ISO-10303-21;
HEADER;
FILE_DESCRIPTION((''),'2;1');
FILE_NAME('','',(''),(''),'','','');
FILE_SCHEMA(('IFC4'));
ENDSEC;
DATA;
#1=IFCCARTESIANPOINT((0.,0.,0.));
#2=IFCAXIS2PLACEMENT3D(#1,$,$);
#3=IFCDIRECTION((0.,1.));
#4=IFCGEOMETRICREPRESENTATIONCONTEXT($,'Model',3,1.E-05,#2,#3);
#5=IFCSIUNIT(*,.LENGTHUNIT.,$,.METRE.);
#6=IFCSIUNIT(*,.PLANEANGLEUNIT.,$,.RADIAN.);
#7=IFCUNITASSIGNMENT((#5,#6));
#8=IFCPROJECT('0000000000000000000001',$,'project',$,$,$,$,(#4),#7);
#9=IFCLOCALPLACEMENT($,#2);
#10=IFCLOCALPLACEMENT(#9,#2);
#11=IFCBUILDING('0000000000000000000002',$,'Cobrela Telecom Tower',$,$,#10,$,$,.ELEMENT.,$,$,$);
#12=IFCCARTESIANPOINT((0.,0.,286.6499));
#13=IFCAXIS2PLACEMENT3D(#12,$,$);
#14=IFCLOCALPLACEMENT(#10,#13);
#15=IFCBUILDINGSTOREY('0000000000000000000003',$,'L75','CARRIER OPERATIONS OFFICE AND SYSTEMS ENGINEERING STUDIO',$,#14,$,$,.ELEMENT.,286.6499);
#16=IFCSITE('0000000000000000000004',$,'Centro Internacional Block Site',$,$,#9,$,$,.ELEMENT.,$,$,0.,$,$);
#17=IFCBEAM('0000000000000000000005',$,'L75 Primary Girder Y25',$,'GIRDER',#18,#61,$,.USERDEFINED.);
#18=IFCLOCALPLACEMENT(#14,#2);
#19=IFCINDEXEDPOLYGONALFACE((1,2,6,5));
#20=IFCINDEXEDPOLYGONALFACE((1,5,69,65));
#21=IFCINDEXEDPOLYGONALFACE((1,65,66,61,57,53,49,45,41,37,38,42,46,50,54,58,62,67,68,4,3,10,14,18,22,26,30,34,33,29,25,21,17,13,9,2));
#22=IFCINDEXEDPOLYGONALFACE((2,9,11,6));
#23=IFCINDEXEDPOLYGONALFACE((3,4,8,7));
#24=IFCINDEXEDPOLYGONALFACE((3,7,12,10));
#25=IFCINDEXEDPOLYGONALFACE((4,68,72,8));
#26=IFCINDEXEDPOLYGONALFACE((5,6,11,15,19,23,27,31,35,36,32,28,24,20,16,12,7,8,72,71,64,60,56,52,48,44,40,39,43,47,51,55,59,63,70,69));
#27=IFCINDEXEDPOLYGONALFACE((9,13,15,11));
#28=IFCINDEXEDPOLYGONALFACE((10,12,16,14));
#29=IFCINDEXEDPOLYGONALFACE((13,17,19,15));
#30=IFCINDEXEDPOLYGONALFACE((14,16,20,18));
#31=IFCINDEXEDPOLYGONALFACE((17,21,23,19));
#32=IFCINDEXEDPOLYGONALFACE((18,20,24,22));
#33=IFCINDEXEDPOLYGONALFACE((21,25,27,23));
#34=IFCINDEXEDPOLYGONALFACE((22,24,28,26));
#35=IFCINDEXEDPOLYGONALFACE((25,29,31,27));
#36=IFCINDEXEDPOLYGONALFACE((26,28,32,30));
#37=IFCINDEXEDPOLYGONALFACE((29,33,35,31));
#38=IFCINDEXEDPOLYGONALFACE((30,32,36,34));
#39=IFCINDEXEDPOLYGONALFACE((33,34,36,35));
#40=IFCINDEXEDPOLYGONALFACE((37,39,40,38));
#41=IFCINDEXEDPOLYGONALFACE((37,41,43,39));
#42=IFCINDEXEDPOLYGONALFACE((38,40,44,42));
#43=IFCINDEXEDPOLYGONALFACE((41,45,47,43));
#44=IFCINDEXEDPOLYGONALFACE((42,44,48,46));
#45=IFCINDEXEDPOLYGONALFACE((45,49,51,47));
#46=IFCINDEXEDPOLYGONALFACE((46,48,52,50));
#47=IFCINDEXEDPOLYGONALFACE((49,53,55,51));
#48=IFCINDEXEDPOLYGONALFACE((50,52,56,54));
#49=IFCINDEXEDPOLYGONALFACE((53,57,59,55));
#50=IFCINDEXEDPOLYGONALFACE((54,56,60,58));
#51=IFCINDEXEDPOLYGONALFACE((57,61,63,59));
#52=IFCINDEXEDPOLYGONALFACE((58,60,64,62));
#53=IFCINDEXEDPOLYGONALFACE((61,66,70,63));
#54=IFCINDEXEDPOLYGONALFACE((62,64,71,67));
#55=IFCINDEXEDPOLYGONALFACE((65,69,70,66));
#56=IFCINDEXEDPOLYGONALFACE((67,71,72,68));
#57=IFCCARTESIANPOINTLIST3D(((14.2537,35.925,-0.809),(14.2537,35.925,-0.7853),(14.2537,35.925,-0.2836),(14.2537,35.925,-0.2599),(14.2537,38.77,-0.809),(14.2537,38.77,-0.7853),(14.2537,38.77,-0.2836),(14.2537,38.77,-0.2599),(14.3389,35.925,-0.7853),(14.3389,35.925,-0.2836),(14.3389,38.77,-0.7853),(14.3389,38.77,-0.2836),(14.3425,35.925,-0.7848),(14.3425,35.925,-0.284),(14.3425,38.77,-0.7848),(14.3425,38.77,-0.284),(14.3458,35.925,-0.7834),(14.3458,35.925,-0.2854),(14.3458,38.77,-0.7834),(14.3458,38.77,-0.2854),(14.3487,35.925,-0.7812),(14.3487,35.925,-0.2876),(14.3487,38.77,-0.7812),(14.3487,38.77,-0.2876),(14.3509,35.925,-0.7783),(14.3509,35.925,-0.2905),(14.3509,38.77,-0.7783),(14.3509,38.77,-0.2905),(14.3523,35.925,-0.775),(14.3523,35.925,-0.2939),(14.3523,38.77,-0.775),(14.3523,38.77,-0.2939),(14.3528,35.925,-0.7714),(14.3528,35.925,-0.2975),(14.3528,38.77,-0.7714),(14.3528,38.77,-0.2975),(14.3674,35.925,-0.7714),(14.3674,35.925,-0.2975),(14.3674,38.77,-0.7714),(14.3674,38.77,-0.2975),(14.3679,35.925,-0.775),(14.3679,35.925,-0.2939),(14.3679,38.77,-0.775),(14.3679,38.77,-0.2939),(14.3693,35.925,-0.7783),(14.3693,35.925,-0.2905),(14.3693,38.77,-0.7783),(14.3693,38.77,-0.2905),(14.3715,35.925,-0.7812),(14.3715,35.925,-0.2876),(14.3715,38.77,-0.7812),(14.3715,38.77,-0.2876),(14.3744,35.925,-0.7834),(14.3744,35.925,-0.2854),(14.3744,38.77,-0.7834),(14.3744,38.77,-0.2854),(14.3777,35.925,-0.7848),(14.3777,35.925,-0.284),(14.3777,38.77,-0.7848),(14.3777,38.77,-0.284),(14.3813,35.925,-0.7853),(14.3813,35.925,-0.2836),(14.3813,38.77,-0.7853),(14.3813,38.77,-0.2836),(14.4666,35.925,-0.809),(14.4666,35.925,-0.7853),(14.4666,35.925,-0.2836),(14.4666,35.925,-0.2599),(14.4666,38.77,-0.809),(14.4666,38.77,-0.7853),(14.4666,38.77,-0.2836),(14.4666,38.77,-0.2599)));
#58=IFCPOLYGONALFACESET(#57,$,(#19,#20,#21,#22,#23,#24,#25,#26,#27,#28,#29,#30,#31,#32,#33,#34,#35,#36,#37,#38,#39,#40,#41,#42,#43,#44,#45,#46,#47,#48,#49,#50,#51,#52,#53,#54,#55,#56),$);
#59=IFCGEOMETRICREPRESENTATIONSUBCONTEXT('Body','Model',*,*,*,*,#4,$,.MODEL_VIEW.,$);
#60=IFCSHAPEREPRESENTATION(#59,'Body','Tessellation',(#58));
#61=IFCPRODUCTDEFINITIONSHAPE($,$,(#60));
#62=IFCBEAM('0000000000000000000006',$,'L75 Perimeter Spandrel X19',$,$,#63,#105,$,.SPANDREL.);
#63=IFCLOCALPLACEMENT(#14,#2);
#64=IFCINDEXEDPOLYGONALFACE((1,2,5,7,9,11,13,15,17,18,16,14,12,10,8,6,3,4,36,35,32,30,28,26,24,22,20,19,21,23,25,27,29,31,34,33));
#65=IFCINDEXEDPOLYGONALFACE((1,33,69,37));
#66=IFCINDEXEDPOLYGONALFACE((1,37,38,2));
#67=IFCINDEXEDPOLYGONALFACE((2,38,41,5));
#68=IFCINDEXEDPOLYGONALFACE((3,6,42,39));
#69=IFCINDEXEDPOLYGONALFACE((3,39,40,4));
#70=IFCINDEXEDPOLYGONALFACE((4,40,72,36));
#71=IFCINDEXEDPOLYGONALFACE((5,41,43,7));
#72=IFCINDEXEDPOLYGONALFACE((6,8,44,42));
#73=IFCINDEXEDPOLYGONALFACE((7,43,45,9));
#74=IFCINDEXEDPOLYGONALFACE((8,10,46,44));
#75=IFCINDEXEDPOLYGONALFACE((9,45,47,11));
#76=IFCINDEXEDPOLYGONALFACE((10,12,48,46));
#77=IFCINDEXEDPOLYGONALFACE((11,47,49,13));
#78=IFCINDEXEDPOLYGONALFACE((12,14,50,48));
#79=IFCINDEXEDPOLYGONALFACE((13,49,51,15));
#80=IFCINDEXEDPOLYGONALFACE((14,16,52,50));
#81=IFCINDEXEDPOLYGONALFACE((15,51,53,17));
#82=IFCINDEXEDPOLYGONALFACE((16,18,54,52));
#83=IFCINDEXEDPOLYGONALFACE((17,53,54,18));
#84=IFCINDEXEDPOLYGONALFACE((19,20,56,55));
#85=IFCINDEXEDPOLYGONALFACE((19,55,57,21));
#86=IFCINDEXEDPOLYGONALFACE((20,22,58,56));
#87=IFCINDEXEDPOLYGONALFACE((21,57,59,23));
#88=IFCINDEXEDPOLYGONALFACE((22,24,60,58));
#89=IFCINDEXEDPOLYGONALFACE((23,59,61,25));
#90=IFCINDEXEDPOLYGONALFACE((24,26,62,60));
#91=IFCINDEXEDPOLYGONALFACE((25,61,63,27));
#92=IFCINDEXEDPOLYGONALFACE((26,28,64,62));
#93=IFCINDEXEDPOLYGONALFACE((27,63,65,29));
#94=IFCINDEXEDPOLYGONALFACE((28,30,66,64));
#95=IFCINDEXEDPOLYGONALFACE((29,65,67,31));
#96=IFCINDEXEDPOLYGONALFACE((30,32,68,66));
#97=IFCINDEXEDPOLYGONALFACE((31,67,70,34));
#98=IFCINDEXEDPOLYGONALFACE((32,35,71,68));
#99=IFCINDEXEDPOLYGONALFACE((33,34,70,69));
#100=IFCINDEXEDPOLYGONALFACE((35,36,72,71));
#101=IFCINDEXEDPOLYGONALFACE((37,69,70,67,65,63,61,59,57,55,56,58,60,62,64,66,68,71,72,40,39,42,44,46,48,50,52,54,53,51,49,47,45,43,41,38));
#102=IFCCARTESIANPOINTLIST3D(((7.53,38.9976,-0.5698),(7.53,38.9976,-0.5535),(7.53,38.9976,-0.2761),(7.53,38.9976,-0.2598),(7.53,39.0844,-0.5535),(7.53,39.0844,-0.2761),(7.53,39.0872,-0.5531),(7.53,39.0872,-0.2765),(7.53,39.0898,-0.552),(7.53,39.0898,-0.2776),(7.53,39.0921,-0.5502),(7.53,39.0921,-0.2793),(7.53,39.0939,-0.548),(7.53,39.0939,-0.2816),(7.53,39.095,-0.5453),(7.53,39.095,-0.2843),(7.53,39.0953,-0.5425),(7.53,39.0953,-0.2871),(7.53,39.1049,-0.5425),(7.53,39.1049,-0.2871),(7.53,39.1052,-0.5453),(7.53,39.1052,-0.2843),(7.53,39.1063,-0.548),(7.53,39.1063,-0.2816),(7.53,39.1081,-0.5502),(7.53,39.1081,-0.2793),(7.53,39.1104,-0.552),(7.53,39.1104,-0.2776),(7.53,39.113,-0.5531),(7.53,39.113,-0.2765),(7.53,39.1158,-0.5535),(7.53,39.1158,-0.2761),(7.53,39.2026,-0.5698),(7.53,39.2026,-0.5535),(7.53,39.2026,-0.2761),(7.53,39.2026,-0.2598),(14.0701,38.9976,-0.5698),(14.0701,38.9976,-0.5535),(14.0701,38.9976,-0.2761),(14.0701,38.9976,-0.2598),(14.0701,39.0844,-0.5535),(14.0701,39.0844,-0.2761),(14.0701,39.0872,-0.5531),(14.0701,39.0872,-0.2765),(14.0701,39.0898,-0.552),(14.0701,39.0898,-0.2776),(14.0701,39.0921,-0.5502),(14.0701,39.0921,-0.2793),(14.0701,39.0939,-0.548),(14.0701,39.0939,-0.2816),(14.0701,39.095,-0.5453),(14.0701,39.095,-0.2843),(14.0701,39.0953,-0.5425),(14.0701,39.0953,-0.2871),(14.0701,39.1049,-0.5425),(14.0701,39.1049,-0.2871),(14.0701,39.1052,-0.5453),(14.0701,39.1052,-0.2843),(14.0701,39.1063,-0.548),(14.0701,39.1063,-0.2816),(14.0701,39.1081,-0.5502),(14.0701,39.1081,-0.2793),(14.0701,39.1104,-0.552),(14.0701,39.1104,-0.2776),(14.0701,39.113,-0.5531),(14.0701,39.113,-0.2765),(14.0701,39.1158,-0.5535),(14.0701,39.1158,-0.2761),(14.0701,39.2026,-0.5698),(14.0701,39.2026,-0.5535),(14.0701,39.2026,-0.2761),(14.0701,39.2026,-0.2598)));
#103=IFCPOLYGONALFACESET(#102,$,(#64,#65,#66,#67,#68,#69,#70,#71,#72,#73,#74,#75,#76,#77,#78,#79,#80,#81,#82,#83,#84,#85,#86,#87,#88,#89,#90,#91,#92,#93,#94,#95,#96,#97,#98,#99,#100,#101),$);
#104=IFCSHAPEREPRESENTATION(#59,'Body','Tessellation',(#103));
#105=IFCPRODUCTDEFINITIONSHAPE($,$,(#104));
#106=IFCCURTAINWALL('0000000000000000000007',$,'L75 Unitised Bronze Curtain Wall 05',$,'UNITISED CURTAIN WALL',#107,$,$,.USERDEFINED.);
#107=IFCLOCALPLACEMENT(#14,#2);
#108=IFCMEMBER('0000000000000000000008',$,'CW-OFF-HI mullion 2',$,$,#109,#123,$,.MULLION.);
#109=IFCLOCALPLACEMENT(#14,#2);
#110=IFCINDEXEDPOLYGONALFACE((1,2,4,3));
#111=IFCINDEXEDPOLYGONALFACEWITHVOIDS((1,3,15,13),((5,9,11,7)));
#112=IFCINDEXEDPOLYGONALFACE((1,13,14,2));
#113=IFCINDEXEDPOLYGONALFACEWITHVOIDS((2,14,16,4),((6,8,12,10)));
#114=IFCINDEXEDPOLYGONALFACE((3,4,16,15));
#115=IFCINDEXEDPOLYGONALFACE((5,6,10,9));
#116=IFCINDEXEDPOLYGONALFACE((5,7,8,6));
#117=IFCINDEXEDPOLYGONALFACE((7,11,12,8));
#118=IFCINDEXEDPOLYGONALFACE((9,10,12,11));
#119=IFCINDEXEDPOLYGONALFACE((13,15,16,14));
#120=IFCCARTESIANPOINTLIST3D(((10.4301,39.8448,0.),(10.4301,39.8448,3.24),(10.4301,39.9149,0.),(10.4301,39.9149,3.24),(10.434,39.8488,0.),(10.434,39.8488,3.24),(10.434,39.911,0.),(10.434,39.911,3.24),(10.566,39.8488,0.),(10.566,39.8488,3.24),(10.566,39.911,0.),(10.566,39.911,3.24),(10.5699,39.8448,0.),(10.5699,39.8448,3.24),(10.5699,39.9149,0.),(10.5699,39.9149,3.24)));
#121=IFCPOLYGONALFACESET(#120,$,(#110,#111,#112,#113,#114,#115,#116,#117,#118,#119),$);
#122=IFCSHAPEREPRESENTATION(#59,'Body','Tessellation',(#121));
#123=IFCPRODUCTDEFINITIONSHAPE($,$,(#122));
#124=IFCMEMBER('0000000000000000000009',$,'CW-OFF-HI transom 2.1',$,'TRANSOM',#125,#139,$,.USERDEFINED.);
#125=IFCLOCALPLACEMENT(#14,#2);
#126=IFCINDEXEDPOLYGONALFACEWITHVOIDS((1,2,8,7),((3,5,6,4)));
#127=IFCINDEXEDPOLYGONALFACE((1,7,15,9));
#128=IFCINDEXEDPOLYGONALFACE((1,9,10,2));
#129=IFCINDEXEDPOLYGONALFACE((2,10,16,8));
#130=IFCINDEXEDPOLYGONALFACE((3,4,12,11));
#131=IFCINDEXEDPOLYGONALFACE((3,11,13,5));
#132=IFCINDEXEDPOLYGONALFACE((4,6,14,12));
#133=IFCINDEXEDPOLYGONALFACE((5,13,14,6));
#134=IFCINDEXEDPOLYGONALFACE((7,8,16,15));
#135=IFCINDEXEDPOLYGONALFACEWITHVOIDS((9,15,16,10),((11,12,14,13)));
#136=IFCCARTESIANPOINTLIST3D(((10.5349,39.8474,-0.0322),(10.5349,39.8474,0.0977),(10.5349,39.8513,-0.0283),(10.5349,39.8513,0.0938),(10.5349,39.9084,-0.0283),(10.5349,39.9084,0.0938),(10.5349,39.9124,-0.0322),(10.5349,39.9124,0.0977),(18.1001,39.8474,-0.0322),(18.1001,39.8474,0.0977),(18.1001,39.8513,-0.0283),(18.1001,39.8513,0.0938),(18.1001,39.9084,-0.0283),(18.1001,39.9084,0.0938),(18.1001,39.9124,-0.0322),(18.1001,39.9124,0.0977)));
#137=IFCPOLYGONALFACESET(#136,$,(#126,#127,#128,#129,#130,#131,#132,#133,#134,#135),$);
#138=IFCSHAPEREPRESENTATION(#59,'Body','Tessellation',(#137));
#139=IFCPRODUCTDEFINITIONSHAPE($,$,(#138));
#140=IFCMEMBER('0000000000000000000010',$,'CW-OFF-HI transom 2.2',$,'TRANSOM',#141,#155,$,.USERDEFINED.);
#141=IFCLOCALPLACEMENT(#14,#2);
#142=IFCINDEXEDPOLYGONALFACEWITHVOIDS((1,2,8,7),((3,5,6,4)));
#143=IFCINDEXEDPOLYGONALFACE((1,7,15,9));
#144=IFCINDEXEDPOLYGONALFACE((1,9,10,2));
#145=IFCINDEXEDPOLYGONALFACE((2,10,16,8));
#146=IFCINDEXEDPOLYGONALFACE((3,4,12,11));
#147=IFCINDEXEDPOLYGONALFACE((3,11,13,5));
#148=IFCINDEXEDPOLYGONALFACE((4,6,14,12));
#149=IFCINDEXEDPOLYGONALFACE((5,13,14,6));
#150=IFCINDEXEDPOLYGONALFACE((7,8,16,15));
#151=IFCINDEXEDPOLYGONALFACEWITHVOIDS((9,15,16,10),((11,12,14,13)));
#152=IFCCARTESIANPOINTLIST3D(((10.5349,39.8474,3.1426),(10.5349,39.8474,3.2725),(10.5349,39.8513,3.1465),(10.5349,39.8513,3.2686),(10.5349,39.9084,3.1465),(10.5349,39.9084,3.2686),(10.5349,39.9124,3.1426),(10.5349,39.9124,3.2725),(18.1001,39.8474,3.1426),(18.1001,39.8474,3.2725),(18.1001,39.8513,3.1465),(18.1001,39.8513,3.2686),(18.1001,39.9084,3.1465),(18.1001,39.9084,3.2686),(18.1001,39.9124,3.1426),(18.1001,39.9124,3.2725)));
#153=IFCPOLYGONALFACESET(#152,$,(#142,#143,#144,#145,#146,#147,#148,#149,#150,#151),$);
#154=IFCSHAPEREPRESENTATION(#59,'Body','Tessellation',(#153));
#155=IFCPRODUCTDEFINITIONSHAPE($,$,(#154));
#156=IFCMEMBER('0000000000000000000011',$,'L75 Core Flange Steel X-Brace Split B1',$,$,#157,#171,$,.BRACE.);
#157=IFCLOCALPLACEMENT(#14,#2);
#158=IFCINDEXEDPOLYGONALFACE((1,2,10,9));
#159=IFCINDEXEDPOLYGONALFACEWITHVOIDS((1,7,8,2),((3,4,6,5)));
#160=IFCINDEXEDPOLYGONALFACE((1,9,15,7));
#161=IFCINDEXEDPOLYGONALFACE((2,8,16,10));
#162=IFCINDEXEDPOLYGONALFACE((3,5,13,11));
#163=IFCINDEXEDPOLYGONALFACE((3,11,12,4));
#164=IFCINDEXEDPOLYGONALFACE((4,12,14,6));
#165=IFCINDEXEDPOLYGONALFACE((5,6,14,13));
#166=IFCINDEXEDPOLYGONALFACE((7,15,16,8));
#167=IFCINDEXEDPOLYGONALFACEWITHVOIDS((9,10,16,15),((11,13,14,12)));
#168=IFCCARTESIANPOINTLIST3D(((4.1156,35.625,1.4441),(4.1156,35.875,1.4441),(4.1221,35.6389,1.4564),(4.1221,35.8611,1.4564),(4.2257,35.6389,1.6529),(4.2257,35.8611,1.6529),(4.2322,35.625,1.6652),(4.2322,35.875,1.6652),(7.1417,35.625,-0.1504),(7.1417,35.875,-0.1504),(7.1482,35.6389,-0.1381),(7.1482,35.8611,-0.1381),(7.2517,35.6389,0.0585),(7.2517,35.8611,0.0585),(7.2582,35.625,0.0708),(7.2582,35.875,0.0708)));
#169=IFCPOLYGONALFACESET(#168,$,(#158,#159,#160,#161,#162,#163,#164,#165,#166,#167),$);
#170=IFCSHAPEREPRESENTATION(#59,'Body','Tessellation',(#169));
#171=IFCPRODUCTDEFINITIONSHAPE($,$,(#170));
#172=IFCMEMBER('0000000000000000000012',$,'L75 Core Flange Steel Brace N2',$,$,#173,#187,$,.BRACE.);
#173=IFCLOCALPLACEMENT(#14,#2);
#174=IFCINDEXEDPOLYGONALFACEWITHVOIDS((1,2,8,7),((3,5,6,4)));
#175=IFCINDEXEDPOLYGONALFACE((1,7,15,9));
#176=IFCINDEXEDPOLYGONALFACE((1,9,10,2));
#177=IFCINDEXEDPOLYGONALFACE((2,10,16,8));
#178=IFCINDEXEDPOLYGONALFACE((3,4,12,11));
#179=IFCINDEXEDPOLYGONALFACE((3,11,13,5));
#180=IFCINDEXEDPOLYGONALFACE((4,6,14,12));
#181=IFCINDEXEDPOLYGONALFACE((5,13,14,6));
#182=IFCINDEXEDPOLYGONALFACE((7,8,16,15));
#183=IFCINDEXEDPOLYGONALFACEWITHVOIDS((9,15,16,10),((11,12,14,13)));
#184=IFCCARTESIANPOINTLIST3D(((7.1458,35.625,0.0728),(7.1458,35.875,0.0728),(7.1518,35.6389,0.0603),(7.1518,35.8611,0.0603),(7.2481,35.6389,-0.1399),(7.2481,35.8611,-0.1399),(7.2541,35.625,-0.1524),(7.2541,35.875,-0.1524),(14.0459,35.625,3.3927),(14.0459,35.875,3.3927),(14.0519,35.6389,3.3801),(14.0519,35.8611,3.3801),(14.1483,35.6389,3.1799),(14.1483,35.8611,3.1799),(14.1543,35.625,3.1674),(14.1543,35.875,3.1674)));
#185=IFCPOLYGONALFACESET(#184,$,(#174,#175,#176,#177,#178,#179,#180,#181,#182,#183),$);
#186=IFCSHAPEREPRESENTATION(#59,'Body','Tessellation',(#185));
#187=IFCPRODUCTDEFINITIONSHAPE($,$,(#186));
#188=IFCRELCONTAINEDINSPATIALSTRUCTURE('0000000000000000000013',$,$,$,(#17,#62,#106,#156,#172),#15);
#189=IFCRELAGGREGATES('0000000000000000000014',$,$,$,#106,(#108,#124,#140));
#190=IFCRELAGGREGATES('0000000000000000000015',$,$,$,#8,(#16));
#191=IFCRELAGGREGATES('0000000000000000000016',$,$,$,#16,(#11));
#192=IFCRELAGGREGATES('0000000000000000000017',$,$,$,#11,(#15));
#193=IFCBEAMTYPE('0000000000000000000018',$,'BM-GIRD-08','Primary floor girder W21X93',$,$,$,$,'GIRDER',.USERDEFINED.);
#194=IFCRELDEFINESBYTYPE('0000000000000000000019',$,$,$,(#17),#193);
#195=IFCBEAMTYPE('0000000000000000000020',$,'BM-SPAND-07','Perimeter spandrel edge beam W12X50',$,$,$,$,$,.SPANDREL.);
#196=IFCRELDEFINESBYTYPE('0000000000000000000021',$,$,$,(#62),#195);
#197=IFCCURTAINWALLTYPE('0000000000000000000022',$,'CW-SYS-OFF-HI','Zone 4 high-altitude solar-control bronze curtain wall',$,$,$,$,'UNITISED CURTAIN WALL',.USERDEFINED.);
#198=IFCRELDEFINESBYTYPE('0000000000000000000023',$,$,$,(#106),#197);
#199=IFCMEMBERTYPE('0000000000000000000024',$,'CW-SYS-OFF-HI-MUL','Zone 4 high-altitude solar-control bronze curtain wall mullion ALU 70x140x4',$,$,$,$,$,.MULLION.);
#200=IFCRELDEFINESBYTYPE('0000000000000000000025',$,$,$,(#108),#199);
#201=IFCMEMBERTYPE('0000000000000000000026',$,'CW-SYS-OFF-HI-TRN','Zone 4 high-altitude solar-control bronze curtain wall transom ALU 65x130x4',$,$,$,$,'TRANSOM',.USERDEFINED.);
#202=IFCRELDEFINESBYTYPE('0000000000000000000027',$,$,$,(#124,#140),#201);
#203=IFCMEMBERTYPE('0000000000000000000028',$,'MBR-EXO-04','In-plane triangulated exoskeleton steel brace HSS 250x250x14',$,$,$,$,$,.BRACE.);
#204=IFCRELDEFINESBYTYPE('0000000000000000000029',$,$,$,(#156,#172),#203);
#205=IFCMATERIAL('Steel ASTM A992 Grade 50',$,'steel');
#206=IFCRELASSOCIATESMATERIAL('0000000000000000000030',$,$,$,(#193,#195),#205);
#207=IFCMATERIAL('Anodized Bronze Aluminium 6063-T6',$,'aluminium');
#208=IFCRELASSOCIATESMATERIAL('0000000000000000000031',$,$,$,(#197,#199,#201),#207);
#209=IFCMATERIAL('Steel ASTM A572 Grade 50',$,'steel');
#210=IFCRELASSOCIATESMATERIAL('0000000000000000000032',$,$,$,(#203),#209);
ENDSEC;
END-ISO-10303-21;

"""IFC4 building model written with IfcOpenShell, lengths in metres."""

from ifc_helpers import new_model, si_unit, direction, frame, origin, origin_2d, place, context, subcontext, project, spatial, hollow_rectangle, i_section, extrude, material, material_profile, profile_set, type_object, element, aggregate, save


model = new_model("IFC4")

# Units and contexts
model_context = context("Model", 3, precision=1e-05, world=origin(), true_north=direction((0.0, 1.0)))
body_context = subcontext(model_context, "Body", "Model", "MODEL_VIEW")
ifc_project = project(units=[si_unit("LENGTHUNIT", "METRE"), si_unit("PLANEANGLEUNIT", "RADIAN")], contexts=[model_context])

# Site, building, storey
site_placement = place(None, origin())
site = spatial("IfcSite", under=ifc_project, at=site_placement, Name="Centro Internacional Block Site", CompositionType="ELEMENT", RefElevation=0.0)
building_placement = place(site_placement, origin())
building = spatial("IfcBuilding", under=site, at=building_placement, Name="Cobrela Telecom Tower", CompositionType="ELEMENT")
storey_placement = place(building_placement, frame((0.0, 0.0, 286.6499)))
storey = spatial("IfcBuildingStorey", under=building, at=storey_placement, Name="L75", Description="CARRIER OPERATIONS OFFICE AND SYSTEMS ENGINEERING STUDIO", CompositionType="ELEMENT", Elevation=286.6499)

# Shared definitions
ifc_material_1 = material(Name="Steel ASTM A572 Grade 50", Category="steel")

# Beams
ifc_material_2 = material(Name="Steel ASTM A992 Grade 50", Category="steel")
ifc_material_profile_1 = material_profile(ifc_material_2, i_section(OverallWidth=0.2129, OverallDepth=0.5491, WebThickness=0.0146, FlangeThickness=0.0237, FilletRadius=0.0139, at=origin_2d()), Name="W21X93")
ifc_profile_set_1 = profile_set([ifc_material_profile_1], Name="Steel ASTM A992 Grade 50")
beam_type_1 = type_object("IfcBeamType", Name="BM-GIRD-08", Description="Primary floor girder W21X93", ElementType="GIRDER", PredefinedType="USERDEFINED", material=ifc_profile_set_1)
for number, where, z_axis, x_axis, name in (
    (1, (14.3601, 35.925, -0.5344), (0.0, 1.0, 0.0), (-1.0, 0.0, 0.0), "L75 Primary Girder Y25"),
):
    element("IfcBeam", number, at=place(storey_placement, frame(where, z_axis=z_axis, x_axis=x_axis)), inside=storey, type_object=beam_type_1, Name=name, ObjectType="GIRDER", PredefinedType="USERDEFINED", context=body_context, shape_type="SweptSolid", body=[
        extrude(i_section(OverallWidth=0.2129, OverallDepth=0.5491, WebThickness=0.0146, FlangeThickness=0.0237, FilletRadius=0.0139, at=origin_2d()), origin(), (0.0, 0.0, 1.0), 2.845),
    ])
ifc_material_profile_2 = material_profile(ifc_material_2, i_section(OverallWidth=0.2051, OverallDepth=0.3101, WebThickness=0.0095, FlangeThickness=0.0164, FilletRadius=0.011, at=origin_2d()), Name="W12X50")
ifc_profile_set_2 = profile_set([ifc_material_profile_2], Name="Steel ASTM A992 Grade 50")
beam_type_2 = type_object("IfcBeamType", Name="BM-SPAND-07", Description="Perimeter spandrel edge beam W12X50", PredefinedType="SPANDREL", material=ifc_profile_set_2)
beam_1_placement = place(storey_placement, frame((7.53, 39.1001, -0.4148), z_axis=(1.0, 0.0, 0.0), x_axis=(0.0, 1.0, 0.0)))
element("IfcBeam", 2, at=beam_1_placement, inside=storey, type_object=beam_type_2, Name="L75 Perimeter Spandrel X19", PredefinedType="SPANDREL", context=body_context, shape_type="SweptSolid", body=[
    extrude(i_section(OverallWidth=0.2051, OverallDepth=0.3101, WebThickness=0.0095, FlangeThickness=0.0164, FilletRadius=0.011, at=origin_2d()), origin(), (0.0, 0.0, 1.0), 6.54),
])

# Curtain wall, members
ifc_material_3 = material(Name="Anodized Bronze Aluminium 6063-T6", Category="aluminium")
curtain_wall_type = type_object("IfcCurtainWallType", Name="CW-SYS-OFF-HI", Description="Zone 4 high-altitude solar-control bronze curtain wall", ElementType="UNITISED CURTAIN WALL", PredefinedType="USERDEFINED", material=ifc_material_3)
curtain_wall_placement = place(storey_placement, origin())
curtain_wall = element("IfcCurtainWall", 3, at=curtain_wall_placement, inside=storey, type_object=curtain_wall_type, Name="L75 Unitised Bronze Curtain Wall 05", ObjectType="UNITISED CURTAIN WALL", PredefinedType="USERDEFINED")
ifc_material_profile_3 = material_profile(ifc_material_3, hollow_rectangle(XDim=0.0701, YDim=0.1399, WallThickness=0.0039, at=origin_2d()), Name="ALU 70x140x4")
ifc_profile_set_3 = profile_set([ifc_material_profile_3], Name="Anodized Bronze Aluminium 6063-T6")
member_type_1 = type_object("IfcMemberType", Name="CW-SYS-OFF-HI-MUL", Description="Zone 4 high-altitude solar-control bronze curtain wall mullion ALU 70x140x4", PredefinedType="MULLION", material=ifc_profile_set_3)
member_1_placement = place(storey_placement, frame((10.5, 39.8799, 0.0), z_axis=(0.0, 0.0, 1.0), x_axis=(0.0, 1.0, 0.0)))
member_1 = element("IfcMember", 4, at=member_1_placement, type_object=member_type_1, Name="CW-OFF-HI mullion 2", PredefinedType="MULLION", context=body_context, shape_type="SweptSolid", body=[
    extrude(hollow_rectangle(XDim=0.0701, YDim=0.1399, WallThickness=0.0039, at=origin_2d()), origin(), (0.0, 0.0, 1.0), 3.24),
])
ifc_material_profile_4 = material_profile(ifc_material_3, hollow_rectangle(XDim=0.0649, YDim=0.1299, WallThickness=0.0039, at=origin_2d()), Name="ALU 65x130x4")
ifc_profile_set_4 = profile_set([ifc_material_profile_4], Name="Anodized Bronze Aluminium 6063-T6")
member_type_2 = type_object("IfcMemberType", Name="CW-SYS-OFF-HI-TRN", Description="Zone 4 high-altitude solar-control bronze curtain wall transom ALU 65x130x4", ElementType="TRANSOM", PredefinedType="USERDEFINED", material=ifc_profile_set_4)
member_2_placement = place(storey_placement, frame((10.5349, 39.8799, 0.0327), z_axis=(1.0, 0.0, 0.0), x_axis=(0.0, 1.0, 0.0)))
member_2 = element("IfcMember", 5, at=member_2_placement, type_object=member_type_2, Name="CW-OFF-HI transom 2.1", ObjectType="TRANSOM", PredefinedType="USERDEFINED", context=body_context, shape_type="SweptSolid", body=[
    extrude(hollow_rectangle(XDim=0.0649, YDim=0.1299, WallThickness=0.0039, at=origin_2d()), origin(), (0.0, 0.0, 1.0), 7.5652),
])
member_3_placement = place(storey_placement, frame((10.5349, 39.8799, 3.2075), z_axis=(1.0, 0.0, 0.0), x_axis=(0.0, 1.0, 0.0)))
member_3 = element("IfcMember", 6, at=member_3_placement, type_object=member_type_2, Name="CW-OFF-HI transom 2.2", ObjectType="TRANSOM", PredefinedType="USERDEFINED", context=body_context, shape_type="SweptSolid", body=[
    extrude(hollow_rectangle(XDim=0.0649, YDim=0.1299, WallThickness=0.0039, at=origin_2d()), origin(), (0.0, 0.0, 1.0), 7.5652),
])

# Members
ifc_material_profile_5 = material_profile(ifc_material_1, hollow_rectangle(XDim=0.25, YDim=0.25, WallThickness=0.0139, at=origin_2d()), Name="HSS 250x250x14")
ifc_profile_set_5 = profile_set([ifc_material_profile_5], Name="Steel ASTM A572 Grade 50")
member_type_3 = type_object("IfcMemberType", Name="MBR-EXO-04", Description="In-plane triangulated exoskeleton steel brace HSS 250x250x14", PredefinedType="BRACE", material=ifc_profile_set_5)
member_4_placement = place(storey_placement, frame((7.2, 35.75, -0.0398), z_axis=(-0.884703, 0.0, 0.466155), x_axis=(0.0, -1.0, 0.0)))
element("IfcMember", 7, at=member_4_placement, inside=storey, type_object=member_type_3, Name="L75 Core Flange Steel X-Brace Split B1", PredefinedType="BRACE", context=body_context, shape_type="SweptSolid", body=[
    extrude(hollow_rectangle(XDim=0.25, YDim=0.25, WallThickness=0.0139, at=origin_2d()), origin(), (0.0, 0.0, 1.0), 3.4204),
])
member_5_placement = place(storey_placement, frame((7.2, 35.75, -0.0398), z_axis=(0.901128, 0.0, 0.433554), x_axis=(0.0, 1.0, 0.0)))
element("IfcMember", 8, at=member_5_placement, inside=storey, type_object=member_type_3, Name="L75 Core Flange Steel Brace N2", PredefinedType="BRACE", context=body_context, shape_type="SweptSolid", body=[
    extrude(hollow_rectangle(XDim=0.25, YDim=0.25, WallThickness=0.0139, at=origin_2d()), origin(), (0.0, 0.0, 1.0), 7.6572),
])

aggregate(curtain_wall, [member_1, member_2, member_3])

save(model, "model.ifc")
